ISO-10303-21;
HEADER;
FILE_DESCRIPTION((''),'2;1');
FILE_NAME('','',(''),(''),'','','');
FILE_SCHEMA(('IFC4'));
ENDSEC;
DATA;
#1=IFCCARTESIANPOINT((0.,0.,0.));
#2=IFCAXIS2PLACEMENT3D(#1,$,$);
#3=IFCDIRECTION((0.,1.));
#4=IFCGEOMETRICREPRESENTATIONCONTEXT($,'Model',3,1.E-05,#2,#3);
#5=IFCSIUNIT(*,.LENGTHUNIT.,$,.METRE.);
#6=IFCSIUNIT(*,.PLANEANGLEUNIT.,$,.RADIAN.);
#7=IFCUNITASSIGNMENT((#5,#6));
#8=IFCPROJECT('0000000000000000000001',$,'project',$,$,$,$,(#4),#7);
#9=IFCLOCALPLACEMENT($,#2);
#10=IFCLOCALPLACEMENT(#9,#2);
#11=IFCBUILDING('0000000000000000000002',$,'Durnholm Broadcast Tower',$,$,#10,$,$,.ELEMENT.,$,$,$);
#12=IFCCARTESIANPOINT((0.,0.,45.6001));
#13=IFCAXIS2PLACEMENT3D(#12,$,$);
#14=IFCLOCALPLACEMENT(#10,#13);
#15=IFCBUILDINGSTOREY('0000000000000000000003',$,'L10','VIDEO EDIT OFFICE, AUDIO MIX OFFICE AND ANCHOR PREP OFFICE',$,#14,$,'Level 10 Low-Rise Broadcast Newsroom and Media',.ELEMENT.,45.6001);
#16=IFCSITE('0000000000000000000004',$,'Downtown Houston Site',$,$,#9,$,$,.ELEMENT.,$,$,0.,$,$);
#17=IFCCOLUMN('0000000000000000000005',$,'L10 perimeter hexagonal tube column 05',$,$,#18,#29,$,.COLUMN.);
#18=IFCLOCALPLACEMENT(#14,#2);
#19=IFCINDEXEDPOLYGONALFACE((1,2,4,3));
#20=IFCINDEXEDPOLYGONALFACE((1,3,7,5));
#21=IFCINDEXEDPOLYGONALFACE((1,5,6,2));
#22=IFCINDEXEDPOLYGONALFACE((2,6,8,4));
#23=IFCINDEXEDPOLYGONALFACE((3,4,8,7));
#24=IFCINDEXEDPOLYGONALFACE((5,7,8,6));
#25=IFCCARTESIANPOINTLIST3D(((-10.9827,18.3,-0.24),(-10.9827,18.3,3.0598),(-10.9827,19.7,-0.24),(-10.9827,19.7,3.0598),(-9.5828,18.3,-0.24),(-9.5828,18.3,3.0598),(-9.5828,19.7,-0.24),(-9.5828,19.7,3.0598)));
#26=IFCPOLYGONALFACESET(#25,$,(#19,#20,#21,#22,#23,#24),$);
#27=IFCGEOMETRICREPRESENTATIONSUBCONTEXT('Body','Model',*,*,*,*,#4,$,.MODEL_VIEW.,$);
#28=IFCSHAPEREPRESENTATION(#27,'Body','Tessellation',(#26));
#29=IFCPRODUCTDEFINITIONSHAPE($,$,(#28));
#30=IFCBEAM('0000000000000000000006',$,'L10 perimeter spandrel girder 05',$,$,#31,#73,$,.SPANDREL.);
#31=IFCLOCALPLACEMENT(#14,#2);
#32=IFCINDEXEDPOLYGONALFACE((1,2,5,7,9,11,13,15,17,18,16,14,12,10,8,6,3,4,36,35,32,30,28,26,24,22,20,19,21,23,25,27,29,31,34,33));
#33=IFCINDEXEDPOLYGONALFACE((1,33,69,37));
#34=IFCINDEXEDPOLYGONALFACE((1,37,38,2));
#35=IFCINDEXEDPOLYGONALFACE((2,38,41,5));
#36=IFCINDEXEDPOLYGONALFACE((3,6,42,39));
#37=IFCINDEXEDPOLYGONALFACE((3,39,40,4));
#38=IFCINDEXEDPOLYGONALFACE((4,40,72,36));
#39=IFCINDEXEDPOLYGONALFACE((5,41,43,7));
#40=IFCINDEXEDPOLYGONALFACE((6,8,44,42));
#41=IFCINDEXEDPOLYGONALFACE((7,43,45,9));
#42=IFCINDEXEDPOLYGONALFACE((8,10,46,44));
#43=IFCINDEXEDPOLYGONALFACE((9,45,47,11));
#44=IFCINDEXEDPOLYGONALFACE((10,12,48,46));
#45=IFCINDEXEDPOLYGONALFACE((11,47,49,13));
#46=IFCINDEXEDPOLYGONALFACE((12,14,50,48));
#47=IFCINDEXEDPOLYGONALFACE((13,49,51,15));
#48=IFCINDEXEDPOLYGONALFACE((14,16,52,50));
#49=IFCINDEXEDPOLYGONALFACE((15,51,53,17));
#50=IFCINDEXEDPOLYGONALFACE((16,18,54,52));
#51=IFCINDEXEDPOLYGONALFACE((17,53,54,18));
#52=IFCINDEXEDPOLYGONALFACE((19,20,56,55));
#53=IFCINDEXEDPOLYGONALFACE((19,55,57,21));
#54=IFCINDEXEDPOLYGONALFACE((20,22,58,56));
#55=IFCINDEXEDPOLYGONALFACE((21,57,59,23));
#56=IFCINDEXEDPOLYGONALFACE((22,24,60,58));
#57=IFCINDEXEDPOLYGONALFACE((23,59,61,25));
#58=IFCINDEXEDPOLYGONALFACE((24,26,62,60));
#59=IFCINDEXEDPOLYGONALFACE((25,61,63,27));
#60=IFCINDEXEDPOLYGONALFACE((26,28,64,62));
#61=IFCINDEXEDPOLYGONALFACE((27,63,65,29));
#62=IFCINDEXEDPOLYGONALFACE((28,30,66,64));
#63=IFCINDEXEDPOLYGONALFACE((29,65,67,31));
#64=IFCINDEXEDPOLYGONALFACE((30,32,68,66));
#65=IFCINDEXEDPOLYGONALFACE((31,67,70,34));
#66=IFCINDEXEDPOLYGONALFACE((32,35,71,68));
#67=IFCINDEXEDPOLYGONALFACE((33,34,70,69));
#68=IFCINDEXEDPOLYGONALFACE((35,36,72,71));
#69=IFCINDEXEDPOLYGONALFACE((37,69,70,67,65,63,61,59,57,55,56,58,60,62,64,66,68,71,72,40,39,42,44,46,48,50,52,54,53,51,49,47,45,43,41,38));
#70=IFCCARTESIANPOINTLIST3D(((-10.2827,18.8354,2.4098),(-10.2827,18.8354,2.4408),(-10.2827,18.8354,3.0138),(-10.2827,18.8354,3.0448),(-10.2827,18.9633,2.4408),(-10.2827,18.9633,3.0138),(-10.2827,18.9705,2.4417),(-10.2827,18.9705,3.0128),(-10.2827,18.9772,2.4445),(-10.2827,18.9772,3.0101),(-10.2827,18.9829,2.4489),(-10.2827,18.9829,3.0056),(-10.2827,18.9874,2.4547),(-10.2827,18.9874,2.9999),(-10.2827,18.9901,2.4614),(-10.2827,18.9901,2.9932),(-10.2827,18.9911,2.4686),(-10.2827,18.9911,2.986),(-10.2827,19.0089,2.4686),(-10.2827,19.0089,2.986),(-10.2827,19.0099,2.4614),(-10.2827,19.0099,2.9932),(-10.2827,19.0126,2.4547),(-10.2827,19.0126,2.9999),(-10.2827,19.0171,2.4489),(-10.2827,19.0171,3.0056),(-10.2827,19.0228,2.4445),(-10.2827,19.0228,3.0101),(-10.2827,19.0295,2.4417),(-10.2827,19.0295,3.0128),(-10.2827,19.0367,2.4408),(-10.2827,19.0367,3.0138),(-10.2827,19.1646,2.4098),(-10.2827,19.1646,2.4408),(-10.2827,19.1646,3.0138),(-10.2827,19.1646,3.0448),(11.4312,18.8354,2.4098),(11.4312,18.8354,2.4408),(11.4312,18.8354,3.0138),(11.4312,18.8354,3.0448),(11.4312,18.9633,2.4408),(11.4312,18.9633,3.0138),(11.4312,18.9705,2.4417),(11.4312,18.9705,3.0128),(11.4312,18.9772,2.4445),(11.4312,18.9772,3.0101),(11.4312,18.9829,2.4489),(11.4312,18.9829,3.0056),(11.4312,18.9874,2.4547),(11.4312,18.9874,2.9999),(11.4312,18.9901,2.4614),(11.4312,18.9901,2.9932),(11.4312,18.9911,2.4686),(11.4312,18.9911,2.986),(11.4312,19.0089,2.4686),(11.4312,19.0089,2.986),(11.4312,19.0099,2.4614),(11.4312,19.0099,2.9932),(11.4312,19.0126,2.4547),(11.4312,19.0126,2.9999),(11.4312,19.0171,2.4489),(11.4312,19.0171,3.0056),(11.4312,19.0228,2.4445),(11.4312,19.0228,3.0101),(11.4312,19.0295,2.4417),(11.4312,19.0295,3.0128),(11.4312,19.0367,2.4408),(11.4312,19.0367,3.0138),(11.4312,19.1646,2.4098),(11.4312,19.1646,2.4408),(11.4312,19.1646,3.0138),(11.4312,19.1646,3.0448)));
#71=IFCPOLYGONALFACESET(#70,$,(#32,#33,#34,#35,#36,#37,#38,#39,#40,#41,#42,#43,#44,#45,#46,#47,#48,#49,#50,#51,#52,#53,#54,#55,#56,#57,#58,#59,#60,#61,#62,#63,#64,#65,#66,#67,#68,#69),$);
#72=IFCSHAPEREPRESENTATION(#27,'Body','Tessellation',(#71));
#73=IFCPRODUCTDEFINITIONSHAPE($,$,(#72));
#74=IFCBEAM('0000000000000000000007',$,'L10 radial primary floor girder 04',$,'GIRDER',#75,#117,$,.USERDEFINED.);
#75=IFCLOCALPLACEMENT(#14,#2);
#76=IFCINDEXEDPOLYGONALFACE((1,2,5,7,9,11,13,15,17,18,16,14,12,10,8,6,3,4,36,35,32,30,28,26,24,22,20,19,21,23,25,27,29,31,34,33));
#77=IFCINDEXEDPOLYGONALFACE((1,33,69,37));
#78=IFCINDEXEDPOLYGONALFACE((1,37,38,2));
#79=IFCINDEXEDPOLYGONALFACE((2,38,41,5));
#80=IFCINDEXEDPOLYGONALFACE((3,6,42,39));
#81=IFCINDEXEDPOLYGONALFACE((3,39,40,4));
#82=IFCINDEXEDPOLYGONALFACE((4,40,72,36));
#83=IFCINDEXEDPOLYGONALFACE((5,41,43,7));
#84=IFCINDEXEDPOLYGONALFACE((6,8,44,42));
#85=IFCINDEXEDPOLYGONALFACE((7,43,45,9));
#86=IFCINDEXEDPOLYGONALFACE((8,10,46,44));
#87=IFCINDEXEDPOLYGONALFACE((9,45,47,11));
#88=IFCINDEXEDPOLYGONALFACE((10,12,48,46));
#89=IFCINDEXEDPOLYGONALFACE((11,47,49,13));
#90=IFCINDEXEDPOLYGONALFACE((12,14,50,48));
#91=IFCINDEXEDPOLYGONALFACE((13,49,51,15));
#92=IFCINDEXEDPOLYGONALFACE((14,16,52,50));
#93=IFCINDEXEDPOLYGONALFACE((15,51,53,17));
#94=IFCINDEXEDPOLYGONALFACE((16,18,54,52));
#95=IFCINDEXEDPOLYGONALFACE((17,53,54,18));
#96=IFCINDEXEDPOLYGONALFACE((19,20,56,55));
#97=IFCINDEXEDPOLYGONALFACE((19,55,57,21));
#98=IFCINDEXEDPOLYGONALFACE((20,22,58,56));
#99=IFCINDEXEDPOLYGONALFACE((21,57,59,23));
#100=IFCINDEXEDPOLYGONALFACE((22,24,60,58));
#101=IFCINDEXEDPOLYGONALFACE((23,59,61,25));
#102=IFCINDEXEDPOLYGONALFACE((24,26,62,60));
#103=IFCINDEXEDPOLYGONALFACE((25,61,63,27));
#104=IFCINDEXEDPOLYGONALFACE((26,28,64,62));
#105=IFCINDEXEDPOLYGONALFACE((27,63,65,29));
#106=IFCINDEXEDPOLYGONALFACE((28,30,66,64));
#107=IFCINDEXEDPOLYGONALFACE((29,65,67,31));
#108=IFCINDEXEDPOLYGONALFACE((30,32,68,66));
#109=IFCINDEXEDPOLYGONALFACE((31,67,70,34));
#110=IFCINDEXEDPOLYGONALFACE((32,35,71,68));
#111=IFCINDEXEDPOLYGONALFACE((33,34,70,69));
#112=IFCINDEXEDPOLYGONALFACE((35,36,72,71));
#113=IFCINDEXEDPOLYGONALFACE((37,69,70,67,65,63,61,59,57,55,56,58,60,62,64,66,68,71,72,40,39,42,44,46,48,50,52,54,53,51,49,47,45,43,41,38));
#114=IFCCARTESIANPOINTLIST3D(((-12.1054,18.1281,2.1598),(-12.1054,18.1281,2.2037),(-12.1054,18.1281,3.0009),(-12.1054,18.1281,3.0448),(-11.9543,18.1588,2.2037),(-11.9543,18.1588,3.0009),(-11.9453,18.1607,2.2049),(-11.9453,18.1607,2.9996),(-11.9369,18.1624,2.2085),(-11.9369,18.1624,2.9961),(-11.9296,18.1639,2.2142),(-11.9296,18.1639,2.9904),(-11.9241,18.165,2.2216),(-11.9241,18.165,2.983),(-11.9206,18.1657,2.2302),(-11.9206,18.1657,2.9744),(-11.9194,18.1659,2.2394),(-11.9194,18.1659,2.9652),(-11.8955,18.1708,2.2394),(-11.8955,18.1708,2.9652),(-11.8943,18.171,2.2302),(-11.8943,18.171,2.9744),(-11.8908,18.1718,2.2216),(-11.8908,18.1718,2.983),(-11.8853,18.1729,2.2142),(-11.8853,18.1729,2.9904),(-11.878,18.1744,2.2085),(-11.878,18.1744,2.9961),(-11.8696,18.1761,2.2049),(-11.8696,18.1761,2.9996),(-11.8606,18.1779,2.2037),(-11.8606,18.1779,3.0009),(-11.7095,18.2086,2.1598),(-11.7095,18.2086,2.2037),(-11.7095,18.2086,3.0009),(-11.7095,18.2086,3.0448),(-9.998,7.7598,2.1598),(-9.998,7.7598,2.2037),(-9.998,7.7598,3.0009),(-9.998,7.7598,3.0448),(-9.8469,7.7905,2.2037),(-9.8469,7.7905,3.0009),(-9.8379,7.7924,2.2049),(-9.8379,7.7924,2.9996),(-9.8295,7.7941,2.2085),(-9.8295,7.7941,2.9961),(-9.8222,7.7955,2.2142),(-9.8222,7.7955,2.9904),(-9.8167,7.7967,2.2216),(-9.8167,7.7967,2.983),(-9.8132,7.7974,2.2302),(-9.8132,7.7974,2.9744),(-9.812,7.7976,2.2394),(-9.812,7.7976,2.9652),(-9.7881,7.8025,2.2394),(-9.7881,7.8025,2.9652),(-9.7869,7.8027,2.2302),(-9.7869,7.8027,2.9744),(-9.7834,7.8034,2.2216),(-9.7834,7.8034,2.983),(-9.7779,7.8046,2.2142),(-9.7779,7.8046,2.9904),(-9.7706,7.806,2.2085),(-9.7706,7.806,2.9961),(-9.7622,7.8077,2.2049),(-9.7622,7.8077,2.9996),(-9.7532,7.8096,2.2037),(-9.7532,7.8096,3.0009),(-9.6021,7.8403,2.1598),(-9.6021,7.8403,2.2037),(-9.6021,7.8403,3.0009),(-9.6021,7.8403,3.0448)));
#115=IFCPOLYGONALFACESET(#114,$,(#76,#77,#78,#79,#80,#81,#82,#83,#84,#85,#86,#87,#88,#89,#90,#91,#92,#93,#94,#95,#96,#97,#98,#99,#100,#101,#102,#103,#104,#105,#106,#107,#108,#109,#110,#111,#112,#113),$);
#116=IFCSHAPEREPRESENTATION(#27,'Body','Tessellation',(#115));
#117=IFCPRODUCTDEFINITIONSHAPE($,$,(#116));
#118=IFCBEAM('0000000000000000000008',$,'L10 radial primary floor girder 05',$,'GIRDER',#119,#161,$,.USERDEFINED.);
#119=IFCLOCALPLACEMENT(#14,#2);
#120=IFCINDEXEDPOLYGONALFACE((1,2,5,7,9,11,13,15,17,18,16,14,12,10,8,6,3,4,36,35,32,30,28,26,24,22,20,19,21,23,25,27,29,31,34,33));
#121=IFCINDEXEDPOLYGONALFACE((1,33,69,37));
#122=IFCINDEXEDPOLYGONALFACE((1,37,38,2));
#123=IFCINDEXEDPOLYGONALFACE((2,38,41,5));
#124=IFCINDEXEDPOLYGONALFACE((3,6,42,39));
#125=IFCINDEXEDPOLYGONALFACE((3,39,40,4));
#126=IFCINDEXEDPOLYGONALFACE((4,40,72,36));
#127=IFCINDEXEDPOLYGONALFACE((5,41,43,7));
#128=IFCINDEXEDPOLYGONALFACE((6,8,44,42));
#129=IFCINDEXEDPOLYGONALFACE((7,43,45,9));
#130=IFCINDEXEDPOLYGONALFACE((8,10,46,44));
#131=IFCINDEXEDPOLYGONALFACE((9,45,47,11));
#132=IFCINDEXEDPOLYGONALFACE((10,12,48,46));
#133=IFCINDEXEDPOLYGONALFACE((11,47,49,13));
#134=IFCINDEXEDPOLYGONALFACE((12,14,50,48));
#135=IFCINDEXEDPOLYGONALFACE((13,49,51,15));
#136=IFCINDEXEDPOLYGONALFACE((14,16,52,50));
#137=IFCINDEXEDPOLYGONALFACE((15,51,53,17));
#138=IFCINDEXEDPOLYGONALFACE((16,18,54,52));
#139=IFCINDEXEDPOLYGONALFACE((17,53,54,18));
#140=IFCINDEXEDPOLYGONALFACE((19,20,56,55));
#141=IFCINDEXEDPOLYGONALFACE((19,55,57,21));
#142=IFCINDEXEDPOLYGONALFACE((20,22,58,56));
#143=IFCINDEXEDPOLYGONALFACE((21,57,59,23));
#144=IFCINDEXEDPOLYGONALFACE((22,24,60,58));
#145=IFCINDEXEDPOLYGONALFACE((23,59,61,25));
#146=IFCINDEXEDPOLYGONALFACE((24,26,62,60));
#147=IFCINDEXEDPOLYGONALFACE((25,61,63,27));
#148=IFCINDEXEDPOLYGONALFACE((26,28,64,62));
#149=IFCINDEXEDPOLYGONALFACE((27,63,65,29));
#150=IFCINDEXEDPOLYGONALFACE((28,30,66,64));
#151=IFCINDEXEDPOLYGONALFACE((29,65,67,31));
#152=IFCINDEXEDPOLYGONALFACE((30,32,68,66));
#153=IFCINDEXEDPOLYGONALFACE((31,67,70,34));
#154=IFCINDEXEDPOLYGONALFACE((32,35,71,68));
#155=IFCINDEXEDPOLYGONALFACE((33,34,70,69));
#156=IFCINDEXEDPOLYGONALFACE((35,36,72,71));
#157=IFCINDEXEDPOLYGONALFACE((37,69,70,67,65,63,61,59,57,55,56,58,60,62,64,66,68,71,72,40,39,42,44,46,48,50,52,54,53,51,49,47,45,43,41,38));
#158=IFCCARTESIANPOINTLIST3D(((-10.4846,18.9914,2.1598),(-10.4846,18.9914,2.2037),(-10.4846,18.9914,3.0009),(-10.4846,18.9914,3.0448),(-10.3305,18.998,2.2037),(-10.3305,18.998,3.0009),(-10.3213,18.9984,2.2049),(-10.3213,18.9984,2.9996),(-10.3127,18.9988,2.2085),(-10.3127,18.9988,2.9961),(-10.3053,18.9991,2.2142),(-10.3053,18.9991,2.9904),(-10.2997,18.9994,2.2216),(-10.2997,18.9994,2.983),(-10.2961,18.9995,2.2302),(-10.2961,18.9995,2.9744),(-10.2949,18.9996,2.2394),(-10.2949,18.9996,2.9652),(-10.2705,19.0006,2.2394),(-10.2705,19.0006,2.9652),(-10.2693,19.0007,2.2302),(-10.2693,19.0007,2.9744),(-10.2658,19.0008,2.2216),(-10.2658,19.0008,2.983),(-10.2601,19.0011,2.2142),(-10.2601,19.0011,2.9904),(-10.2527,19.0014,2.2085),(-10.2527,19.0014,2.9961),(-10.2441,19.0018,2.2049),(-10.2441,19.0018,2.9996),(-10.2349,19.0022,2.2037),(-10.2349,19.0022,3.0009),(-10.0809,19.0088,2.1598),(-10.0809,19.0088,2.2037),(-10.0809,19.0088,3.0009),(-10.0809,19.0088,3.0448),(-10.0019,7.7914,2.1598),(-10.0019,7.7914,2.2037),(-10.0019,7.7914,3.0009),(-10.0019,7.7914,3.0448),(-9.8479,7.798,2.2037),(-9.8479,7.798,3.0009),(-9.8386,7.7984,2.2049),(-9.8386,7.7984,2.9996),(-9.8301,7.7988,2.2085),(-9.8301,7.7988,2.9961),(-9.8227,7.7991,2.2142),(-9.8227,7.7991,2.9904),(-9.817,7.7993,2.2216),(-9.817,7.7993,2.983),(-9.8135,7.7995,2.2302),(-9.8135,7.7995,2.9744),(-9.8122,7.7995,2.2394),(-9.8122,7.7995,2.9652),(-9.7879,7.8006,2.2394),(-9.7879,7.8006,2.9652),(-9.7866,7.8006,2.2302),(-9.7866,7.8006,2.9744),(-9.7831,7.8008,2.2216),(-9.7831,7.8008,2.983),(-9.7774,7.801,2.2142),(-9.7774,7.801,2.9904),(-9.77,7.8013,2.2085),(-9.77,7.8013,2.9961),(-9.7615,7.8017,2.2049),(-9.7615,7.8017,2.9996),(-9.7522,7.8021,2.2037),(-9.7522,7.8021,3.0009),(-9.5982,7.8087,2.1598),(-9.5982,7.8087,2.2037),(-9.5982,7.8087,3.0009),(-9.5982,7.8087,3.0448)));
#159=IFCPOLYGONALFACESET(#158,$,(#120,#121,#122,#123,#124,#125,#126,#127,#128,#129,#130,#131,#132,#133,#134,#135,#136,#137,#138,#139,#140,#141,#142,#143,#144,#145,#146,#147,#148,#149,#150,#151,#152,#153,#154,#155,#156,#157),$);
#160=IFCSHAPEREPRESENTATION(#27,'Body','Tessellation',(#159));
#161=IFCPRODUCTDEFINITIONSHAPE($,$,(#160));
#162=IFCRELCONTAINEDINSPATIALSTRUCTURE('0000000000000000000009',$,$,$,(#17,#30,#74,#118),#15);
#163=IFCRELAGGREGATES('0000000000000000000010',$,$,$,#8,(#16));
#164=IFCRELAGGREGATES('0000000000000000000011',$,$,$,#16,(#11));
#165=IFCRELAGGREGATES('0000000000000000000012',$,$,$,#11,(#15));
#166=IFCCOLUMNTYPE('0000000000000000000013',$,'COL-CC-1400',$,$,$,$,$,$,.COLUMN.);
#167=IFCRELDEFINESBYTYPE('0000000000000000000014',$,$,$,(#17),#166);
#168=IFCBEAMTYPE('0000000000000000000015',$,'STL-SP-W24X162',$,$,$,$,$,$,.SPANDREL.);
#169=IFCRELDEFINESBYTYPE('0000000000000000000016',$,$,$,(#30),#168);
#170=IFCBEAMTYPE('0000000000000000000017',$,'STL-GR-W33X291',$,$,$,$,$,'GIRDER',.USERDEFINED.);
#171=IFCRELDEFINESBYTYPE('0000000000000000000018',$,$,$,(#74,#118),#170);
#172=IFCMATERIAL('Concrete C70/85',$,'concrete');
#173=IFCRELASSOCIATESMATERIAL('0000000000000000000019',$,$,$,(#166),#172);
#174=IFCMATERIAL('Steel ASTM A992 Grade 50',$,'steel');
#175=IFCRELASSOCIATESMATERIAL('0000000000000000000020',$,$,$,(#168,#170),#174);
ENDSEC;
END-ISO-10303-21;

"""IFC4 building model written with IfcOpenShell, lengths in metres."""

from ifc_helpers import new_model, si_unit, direction, frame, origin, origin_2d, place, context, subcontext, project, spatial, rectangle, i_section, extrude, source, transform, mapped, material, material_profile, profile_set, type_object, type_shapes, element, save


model = new_model("IFC4")

# Units and contexts
model_context = context("Model", 3, precision=1e-05, world=origin(), true_north=direction((0.0, 1.0)))
body_context = subcontext(model_context, "Body", "Model", "MODEL_VIEW")
ifc_project = project(units=[si_unit("LENGTHUNIT", "METRE"), si_unit("PLANEANGLEUNIT", "RADIAN")], contexts=[model_context])

# Site, building, storey
site_placement = place(None, origin())
site = spatial("IfcSite", under=ifc_project, at=site_placement, Name="Downtown Houston Site", CompositionType="ELEMENT", RefElevation=0.0)
building_placement = place(site_placement, origin())
building = spatial("IfcBuilding", under=site, at=building_placement, Name="Durnholm Broadcast Tower", CompositionType="ELEMENT")
storey_placement = place(building_placement, frame((0.0, 0.0, 45.6001)))
storey = spatial("IfcBuildingStorey", under=building, at=storey_placement, Name="L10", Description="VIDEO EDIT OFFICE, AUDIO MIX OFFICE AND ANCHOR PREP OFFICE", LongName="Level 10 Low-Rise Broadcast Newsroom and Media", CompositionType="ELEMENT", Elevation=45.6001)

# Column
ifc_material_1 = material(Name="Concrete C70/85", Category="concrete")
ifc_material_profile_1 = material_profile(ifc_material_1, rectangle(XDim=1.3999, YDim=1.3999, at=origin_2d()), Name="RC1400X1400")
ifc_profile_set_1 = profile_set([ifc_material_profile_1], Name="Concrete C70/85")
column_type = type_object("IfcColumnType", Name="COL-CC-1400", PredefinedType="COLUMN", material=ifc_profile_set_1)
shared_shape_1 = source(origin(), body_context, "Body", "SweptSolid", [
    extrude(rectangle(XDim=1.3999, YDim=1.3999, at=origin_2d()), origin(), (0.0, 0.0, 1.0), 3.2998),
])
type_shapes(column_type, [shared_shape_1])
column_placement = place(storey_placement, frame((-10.2827, 19.0, -0.24), z_axis=(0.0, 0.0, 1.0), x_axis=(1.0, 0.0, 0.0)))
element("IfcColumn", 1, at=column_placement, inside=storey, type_object=column_type, Name="L10 perimeter hexagonal tube column 05", PredefinedType="COLUMN", context=body_context, shape_type="MappedRepresentation", body=[
    mapped(shared_shape_1, transform((0.0, 0.0, 0.0), x_axis=(1.0, 0.0, 0.0), y_axis=(0.0, 1.0, 0.0), z_axis=(0.0, 0.0, 1.0), scale=1.0)),
])

# Beams
ifc_material_2 = material(Name="Steel ASTM A992 Grade 50", Category="steel")
ifc_material_profile_2 = material_profile(ifc_material_2, i_section(OverallWidth=0.3291, OverallDepth=0.635, WebThickness=0.0178, FlangeThickness=0.031, FilletRadius=0.0278, at=origin_2d()), Name="W24X162")
ifc_profile_set_2 = profile_set([ifc_material_profile_2], Name="Steel ASTM A992 Grade 50")
beam_type_1 = type_object("IfcBeamType", Name="STL-SP-W24X162", PredefinedType="SPANDREL", material=ifc_profile_set_2)
shared_shape_2 = source(origin(), body_context, "Body", "SweptSolid", [
    extrude(i_section(OverallWidth=0.3291, OverallDepth=0.635, WebThickness=0.0178, FlangeThickness=0.031, FilletRadius=0.0278, at=origin_2d()), origin(), (0.0, 0.0, 1.0), 21.7139),
])
type_shapes(beam_type_1, [shared_shape_2])
beam_1_placement = place(storey_placement, frame((-10.2827, 19.0, 2.7273), z_axis=(1.0, 0.0, 0.0), x_axis=(0.0, 1.0, 0.0)))
element("IfcBeam", 2, at=beam_1_placement, inside=storey, type_object=beam_type_1, Name="L10 perimeter spandrel girder 05", PredefinedType="SPANDREL", context=body_context, shape_type="MappedRepresentation", body=[
    mapped(shared_shape_2, transform((0.0, 0.0, 0.0), x_axis=(1.0, 0.0, 0.0), y_axis=(0.0, 1.0, 0.0), z_axis=(0.0, 0.0, 1.0), scale=1.0)),
])
ifc_material_profile_3 = material_profile(ifc_material_2, i_section(OverallWidth=0.4041, OverallDepth=0.885, WebThickness=0.0244, FlangeThickness=0.0439, FilletRadius=0.0356, at=origin_2d()), Name="W33X291")
ifc_profile_set_3 = profile_set([ifc_material_profile_3], Name="Steel ASTM A992 Grade 50")
beam_type_2 = type_object("IfcBeamType", Name="STL-GR-W33X291", ElementType="GIRDER", PredefinedType="USERDEFINED", material=ifc_profile_set_3)
shared_shape_3 = source(origin(), body_context, "Body", "SweptSolid", [
    extrude(i_section(OverallWidth=0.4041, OverallDepth=0.885, WebThickness=0.0244, FlangeThickness=0.0439, FilletRadius=0.0356, at=origin_2d()), origin(), (0.0, 0.0, 1.0), 10.5803),
])
beam_2_placement = place(storey_placement, frame((-9.8, 7.8, 2.6023), z_axis=(-0.199181, 0.979963, 0.0), x_axis=(-0.979963, -0.199181, 0.0)))
element("IfcBeam", 3, at=beam_2_placement, inside=storey, type_object=beam_type_2, Name="L10 radial primary floor girder 04", ObjectType="GIRDER", PredefinedType="USERDEFINED", context=body_context, shape_type="MappedRepresentation", body=[
    mapped(shared_shape_3, transform((0.0, 0.0, 0.0), x_axis=(1.0, 0.0, 0.0), y_axis=(0.0, 1.0, 0.0), z_axis=(0.0, 0.0, 1.0), scale=1.0)),
])
shared_shape_4 = source(origin(), body_context, "Body", "SweptSolid", [
    extrude(i_section(OverallWidth=0.4041, OverallDepth=0.885, WebThickness=0.0244, FlangeThickness=0.0439, FilletRadius=0.0356, at=origin_2d()), origin(), (0.0, 0.0, 1.0), 11.2104),
])
type_shapes(beam_type_2, [shared_shape_3, shared_shape_4])
beam_3_placement = place(storey_placement, frame((-9.8, 7.8, 2.6023), z_axis=(-0.043055, 0.999073, 0.0), x_axis=(-0.999073, -0.043055, 0.0)))
element("IfcBeam", 4, at=beam_3_placement, inside=storey, type_object=beam_type_2, Name="L10 radial primary floor girder 05", ObjectType="GIRDER", PredefinedType="USERDEFINED", context=body_context, shape_type="MappedRepresentation", body=[
    mapped(shared_shape_4, transform((0.0, 0.0, 0.0), x_axis=(1.0, 0.0, 0.0), y_axis=(0.0, 1.0, 0.0), z_axis=(0.0, 0.0, 1.0), scale=1.0)),
])

save(model, "model.ifc")
